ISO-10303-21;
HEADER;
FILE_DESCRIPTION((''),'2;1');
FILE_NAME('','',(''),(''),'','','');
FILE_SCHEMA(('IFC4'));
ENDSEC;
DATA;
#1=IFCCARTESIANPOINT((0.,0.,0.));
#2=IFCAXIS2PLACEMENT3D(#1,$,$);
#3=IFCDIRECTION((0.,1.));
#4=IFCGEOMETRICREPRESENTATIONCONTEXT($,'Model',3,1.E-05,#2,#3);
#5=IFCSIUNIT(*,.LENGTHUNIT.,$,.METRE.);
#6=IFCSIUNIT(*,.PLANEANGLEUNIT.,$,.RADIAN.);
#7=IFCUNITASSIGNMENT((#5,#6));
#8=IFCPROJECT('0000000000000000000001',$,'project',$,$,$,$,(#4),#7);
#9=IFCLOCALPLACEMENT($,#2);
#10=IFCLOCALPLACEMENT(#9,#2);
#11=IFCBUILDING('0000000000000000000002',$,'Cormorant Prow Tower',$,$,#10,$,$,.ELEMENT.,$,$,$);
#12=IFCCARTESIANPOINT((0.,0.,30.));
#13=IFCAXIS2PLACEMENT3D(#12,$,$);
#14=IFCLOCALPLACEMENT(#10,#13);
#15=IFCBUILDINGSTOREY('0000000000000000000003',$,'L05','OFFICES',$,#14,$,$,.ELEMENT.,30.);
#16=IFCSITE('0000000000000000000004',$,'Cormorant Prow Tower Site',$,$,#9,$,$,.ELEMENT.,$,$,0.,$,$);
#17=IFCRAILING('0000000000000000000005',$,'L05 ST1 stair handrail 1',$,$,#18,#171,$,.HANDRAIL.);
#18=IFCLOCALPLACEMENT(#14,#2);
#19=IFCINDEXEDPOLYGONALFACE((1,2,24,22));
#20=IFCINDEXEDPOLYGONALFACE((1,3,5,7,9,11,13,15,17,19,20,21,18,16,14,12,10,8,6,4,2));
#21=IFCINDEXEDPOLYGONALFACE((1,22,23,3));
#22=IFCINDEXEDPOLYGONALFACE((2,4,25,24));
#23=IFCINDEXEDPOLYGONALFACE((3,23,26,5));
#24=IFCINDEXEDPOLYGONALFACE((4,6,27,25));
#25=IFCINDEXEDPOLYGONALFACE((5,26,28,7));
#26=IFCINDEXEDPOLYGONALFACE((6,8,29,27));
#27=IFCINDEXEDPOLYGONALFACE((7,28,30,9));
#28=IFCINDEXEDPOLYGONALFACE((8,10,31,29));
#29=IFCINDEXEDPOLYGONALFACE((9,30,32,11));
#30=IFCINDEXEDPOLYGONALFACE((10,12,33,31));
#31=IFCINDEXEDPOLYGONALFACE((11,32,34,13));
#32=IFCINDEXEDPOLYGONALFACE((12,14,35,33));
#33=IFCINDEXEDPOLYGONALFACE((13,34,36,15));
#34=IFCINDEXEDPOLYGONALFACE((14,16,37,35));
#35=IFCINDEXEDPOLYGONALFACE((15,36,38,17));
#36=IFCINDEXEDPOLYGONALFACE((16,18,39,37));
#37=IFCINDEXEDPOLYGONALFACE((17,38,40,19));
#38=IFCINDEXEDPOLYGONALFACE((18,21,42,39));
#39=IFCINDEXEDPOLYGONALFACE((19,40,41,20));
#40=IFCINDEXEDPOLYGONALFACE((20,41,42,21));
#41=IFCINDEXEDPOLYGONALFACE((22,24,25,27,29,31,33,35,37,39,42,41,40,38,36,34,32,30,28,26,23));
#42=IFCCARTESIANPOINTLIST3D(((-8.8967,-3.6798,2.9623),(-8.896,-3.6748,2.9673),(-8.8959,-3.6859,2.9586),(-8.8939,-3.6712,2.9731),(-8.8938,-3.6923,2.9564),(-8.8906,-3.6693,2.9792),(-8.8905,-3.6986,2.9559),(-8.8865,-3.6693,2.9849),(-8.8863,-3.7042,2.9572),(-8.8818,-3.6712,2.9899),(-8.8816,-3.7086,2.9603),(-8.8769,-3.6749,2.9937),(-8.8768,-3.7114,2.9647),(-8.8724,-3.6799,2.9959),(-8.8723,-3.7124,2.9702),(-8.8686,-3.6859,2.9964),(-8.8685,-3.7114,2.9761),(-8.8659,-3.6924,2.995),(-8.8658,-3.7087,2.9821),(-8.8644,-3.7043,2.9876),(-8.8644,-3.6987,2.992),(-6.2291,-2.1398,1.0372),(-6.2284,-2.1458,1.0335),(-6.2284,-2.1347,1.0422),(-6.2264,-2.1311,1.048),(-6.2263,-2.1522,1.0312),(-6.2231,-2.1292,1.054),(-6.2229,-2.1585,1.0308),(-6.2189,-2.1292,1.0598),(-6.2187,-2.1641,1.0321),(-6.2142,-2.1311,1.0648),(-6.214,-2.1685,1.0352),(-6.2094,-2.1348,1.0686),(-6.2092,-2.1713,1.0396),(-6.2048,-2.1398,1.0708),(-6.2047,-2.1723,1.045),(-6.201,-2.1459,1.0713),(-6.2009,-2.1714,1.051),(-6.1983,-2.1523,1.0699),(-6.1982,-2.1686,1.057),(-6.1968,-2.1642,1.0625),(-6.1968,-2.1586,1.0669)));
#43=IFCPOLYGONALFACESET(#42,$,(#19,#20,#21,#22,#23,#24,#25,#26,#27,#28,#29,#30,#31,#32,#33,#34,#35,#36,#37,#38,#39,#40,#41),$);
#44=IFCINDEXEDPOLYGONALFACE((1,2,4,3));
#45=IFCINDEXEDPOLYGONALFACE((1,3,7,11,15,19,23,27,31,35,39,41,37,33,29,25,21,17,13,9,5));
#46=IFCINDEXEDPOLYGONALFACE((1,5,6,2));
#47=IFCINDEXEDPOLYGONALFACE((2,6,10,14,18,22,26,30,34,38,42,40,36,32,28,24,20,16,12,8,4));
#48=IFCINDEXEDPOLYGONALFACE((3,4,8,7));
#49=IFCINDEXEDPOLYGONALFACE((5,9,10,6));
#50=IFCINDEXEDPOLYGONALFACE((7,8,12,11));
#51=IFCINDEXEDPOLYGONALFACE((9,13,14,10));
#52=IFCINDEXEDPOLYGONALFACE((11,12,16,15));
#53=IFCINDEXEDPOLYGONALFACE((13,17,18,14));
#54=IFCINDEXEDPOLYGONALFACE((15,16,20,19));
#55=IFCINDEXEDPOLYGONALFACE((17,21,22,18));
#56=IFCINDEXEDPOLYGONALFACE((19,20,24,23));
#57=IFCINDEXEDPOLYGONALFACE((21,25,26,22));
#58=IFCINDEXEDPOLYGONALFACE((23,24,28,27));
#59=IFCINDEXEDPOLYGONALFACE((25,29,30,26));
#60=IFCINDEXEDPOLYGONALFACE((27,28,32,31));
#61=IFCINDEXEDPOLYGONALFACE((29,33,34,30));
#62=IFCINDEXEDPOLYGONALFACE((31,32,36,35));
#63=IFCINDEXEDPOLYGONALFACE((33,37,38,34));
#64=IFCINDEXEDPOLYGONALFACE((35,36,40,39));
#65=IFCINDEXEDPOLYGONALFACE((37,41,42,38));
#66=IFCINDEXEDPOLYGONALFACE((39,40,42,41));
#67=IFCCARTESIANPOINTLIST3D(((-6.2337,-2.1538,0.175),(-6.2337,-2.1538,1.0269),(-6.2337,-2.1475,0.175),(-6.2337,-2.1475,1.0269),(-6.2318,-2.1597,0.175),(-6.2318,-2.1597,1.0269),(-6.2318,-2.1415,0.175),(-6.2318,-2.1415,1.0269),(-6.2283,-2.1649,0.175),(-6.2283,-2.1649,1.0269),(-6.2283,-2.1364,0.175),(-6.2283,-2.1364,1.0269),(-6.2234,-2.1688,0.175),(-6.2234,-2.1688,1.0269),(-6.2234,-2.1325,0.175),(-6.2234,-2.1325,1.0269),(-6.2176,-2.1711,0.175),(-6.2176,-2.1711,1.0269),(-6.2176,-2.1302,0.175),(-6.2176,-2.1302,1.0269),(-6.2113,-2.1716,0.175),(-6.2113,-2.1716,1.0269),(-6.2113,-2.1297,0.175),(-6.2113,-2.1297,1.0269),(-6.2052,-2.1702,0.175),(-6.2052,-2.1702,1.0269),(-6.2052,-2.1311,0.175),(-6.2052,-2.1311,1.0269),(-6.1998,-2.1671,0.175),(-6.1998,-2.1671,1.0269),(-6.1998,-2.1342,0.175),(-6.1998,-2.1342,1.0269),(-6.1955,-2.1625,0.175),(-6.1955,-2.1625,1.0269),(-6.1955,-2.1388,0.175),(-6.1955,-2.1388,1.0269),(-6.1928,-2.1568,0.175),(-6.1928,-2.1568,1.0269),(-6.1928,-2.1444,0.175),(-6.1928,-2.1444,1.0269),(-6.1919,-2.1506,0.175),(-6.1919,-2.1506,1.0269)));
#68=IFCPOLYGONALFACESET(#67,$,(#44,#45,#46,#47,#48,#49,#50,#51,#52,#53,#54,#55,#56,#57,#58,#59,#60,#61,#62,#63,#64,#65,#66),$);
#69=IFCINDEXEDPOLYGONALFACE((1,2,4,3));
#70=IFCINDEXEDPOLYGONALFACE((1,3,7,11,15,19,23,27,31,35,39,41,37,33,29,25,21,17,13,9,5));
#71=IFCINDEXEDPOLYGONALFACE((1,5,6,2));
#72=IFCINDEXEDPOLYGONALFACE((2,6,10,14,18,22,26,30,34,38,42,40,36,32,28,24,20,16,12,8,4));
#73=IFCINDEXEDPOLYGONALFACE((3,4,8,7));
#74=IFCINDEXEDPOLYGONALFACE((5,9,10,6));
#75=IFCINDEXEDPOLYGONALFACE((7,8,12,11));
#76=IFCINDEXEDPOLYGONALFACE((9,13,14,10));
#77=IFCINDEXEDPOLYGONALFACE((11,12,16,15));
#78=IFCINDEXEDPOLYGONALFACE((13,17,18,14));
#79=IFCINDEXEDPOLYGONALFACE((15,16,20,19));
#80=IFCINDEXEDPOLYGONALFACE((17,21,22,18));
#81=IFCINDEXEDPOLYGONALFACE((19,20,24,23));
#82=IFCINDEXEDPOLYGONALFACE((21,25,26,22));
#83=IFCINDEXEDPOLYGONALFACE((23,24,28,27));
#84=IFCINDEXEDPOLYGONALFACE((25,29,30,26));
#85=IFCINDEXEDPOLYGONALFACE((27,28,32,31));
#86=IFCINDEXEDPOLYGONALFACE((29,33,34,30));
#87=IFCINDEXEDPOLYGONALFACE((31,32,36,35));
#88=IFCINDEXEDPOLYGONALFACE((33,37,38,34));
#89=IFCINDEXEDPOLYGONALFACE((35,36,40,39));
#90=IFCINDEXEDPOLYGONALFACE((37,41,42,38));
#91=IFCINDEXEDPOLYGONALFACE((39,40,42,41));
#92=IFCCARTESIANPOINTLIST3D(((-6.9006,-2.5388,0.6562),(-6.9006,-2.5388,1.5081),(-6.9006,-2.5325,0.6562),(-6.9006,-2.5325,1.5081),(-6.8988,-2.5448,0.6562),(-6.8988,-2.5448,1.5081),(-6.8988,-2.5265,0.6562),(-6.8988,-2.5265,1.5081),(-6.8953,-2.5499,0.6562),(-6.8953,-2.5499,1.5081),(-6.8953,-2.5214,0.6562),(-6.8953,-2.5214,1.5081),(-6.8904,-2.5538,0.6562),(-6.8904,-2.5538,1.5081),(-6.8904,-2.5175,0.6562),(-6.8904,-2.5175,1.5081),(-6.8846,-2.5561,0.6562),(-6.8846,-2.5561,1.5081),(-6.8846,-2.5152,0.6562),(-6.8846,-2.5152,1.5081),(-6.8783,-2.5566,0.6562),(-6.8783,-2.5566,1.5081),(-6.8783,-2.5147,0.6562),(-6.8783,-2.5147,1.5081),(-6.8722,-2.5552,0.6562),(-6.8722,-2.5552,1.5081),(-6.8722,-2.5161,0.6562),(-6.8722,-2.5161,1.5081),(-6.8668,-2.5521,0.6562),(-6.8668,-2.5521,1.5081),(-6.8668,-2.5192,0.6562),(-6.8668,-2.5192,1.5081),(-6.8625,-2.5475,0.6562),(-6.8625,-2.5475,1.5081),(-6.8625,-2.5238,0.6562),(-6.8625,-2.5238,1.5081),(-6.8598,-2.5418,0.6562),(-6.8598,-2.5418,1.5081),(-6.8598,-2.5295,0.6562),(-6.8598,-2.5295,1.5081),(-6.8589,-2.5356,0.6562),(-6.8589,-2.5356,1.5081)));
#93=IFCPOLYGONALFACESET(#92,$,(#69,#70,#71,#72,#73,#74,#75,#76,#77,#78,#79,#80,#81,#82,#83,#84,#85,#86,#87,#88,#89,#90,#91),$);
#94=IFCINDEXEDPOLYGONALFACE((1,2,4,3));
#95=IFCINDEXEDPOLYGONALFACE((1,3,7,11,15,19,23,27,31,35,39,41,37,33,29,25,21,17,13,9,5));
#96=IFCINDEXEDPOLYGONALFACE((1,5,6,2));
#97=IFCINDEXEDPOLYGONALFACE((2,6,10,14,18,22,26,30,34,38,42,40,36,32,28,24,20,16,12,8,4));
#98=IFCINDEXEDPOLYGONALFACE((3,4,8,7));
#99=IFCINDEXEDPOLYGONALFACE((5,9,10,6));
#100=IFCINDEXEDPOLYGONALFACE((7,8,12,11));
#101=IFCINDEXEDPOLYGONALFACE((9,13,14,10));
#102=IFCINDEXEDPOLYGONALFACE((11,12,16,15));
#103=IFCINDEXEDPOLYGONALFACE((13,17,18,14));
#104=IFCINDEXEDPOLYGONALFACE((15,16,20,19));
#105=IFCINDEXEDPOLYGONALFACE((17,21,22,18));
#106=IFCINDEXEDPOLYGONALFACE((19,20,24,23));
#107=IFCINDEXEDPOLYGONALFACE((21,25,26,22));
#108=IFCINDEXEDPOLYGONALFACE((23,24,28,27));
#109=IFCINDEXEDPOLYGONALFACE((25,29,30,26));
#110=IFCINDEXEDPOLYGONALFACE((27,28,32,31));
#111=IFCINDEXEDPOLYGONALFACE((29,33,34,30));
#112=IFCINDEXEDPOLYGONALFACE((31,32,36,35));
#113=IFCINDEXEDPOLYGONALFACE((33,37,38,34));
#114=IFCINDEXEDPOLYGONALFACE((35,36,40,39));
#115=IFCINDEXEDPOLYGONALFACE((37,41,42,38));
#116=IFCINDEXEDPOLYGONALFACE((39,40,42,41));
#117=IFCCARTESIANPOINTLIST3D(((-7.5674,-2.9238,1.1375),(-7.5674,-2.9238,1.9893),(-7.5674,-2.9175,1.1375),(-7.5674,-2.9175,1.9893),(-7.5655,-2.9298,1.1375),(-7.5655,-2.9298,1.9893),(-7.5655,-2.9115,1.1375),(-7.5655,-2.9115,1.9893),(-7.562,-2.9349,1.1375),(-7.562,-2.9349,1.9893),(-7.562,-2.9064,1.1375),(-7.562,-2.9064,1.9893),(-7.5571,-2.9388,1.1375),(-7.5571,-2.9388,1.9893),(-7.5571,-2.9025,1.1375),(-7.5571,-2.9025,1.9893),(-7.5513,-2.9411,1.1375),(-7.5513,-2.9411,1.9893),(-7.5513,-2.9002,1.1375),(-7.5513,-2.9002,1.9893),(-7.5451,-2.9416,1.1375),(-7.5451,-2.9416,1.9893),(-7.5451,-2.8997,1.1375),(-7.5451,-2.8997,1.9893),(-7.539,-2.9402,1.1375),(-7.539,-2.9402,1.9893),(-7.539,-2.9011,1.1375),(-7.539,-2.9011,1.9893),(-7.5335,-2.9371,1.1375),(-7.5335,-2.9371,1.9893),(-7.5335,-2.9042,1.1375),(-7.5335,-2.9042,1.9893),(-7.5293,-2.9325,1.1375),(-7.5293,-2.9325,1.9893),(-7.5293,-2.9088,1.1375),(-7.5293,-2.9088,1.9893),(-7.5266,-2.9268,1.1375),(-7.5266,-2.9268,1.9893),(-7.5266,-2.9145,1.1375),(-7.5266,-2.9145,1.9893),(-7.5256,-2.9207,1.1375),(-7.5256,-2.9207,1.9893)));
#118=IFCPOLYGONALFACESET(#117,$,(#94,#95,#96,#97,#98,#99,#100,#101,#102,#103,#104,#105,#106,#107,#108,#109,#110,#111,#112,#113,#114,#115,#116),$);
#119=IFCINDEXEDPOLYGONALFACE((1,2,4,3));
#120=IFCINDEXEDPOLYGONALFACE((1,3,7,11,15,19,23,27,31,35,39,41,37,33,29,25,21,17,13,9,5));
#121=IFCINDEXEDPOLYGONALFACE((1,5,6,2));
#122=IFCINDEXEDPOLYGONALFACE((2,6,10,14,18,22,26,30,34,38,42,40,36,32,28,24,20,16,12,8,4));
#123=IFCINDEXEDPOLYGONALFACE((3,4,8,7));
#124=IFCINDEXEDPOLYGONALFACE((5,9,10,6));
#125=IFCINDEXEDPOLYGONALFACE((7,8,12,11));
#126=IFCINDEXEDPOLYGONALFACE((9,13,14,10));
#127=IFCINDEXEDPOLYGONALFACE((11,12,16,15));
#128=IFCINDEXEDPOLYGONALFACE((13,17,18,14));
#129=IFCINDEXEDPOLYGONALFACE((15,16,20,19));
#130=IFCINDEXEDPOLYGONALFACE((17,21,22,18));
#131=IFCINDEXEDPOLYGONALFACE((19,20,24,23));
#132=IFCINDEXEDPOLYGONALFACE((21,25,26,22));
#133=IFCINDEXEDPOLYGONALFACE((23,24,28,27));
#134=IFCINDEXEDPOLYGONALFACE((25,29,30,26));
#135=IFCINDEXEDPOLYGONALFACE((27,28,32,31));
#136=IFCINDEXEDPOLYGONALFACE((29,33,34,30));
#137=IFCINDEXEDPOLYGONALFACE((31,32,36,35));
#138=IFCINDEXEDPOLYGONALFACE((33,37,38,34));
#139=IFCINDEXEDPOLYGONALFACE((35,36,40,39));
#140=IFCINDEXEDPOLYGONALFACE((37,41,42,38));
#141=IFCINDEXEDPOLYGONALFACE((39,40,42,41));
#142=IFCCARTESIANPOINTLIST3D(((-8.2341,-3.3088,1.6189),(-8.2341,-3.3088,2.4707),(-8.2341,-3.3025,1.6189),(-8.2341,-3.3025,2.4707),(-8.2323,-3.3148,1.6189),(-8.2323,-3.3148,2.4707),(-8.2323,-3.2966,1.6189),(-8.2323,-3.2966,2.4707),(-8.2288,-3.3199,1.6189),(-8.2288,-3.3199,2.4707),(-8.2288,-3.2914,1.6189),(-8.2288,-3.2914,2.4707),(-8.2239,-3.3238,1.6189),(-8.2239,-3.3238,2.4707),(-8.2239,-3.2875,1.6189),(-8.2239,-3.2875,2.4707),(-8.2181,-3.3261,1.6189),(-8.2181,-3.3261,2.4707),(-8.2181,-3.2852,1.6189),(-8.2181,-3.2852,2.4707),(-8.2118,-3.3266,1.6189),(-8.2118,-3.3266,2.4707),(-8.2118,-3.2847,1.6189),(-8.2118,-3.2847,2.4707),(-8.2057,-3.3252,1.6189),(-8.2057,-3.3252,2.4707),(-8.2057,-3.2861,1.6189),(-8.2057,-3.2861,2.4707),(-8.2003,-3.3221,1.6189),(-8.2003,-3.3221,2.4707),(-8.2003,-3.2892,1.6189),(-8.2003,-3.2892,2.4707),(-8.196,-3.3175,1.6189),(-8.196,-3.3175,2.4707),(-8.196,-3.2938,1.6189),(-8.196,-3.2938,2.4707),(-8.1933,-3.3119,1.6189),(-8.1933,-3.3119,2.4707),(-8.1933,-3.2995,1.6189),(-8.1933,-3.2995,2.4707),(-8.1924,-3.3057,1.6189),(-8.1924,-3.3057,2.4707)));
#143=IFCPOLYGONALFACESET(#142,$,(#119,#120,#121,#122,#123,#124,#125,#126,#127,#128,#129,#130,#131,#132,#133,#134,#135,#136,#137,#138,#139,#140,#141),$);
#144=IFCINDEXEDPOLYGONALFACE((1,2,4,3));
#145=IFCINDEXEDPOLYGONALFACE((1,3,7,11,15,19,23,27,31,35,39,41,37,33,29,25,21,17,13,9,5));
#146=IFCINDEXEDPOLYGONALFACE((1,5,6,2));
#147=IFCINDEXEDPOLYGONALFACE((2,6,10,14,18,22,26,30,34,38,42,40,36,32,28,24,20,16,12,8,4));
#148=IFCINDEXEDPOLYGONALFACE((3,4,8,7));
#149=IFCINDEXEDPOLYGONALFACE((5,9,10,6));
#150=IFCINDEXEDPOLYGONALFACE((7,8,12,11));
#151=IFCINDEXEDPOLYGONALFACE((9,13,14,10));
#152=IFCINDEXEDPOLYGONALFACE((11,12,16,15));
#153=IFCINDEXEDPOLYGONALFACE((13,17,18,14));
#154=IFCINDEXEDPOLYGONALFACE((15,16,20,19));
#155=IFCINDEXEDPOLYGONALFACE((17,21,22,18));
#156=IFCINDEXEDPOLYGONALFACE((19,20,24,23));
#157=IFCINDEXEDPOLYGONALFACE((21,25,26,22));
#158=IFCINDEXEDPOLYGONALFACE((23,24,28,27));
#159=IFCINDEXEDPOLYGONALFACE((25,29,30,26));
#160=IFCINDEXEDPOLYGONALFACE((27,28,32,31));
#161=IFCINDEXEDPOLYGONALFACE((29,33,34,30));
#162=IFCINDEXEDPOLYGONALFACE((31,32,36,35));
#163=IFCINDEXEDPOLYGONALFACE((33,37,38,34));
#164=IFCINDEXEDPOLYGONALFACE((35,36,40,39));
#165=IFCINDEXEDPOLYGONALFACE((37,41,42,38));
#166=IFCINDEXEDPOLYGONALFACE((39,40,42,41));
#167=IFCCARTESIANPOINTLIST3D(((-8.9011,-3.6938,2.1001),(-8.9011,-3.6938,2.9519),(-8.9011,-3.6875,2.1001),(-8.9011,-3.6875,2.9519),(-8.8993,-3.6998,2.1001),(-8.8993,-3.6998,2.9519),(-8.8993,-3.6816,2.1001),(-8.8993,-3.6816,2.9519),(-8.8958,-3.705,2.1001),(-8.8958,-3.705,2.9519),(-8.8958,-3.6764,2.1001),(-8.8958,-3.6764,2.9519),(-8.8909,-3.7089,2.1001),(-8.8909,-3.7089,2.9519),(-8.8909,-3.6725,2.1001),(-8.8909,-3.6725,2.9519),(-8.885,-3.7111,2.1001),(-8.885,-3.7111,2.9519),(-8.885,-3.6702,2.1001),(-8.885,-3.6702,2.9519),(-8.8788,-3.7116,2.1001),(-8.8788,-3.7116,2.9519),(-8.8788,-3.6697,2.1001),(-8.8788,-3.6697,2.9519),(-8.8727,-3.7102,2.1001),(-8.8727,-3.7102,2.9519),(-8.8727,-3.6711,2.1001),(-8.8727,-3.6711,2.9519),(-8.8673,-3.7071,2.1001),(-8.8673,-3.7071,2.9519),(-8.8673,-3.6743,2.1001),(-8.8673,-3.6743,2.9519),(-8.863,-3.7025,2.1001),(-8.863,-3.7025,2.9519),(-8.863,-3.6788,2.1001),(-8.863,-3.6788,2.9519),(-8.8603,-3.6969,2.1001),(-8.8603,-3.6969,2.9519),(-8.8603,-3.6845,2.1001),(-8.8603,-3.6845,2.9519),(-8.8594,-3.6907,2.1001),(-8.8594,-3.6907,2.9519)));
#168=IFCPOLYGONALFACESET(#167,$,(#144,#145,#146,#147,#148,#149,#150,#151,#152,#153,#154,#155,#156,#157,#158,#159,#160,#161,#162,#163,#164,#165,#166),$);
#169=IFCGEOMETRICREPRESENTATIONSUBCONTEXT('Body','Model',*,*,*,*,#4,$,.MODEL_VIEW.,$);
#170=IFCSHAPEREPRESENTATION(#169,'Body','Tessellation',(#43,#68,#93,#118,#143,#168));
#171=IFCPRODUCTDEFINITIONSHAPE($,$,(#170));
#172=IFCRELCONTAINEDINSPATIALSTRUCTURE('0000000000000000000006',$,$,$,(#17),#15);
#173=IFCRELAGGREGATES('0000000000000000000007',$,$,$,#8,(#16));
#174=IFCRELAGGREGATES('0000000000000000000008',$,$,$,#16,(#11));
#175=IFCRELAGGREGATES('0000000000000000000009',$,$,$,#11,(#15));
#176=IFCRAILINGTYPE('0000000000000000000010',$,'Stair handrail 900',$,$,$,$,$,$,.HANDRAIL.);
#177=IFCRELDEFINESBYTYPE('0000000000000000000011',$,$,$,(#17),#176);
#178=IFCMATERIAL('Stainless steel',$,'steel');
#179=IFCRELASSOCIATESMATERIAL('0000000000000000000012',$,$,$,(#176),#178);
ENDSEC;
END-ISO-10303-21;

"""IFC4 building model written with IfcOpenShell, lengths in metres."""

from ifc_helpers import new_model, si_unit, direction, frame, origin, origin_2d, place, context, subcontext, project, spatial, circle, extrude, material, type_object, element, save


model = new_model("IFC4")

# Units and contexts
model_context = context("Model", 3, precision=1e-05, world=origin(), true_north=direction((0.0, 1.0)))
body_context = subcontext(model_context, "Body", "Model", "MODEL_VIEW")
ifc_project = project(units=[si_unit("LENGTHUNIT", "METRE"), si_unit("PLANEANGLEUNIT", "RADIAN")], contexts=[model_context])

# Site, building, storey
site_placement = place(None, origin())
site = spatial("IfcSite", under=ifc_project, at=site_placement, Name="Cormorant Prow Tower Site", CompositionType="ELEMENT", RefElevation=0.0)
building_placement = place(site_placement, origin())
building = spatial("IfcBuilding", under=site, at=building_placement, Name="Cormorant Prow Tower", CompositionType="ELEMENT")
storey_placement = place(building_placement, frame((0.0, 0.0, 30.0)))
storey = spatial("IfcBuildingStorey", under=building, at=storey_placement, Name="L05", Description="OFFICES", CompositionType="ELEMENT", Elevation=30.0)

# Railing
ifc_material_1 = material(Name="Stainless steel", Category="steel")
railing_type_1 = type_object("IfcRailingType", Name="Stair handrail 900", PredefinedType="HANDRAIL", material=ifc_material_1)
railing_1_placement = place(storey_placement, frame((-6.2129, -2.1506, 0.175)))
element("IfcRailing", 1, at=railing_1_placement, inside=storey, type_object=railing_type_1, Name="L05 ST1 stair handrail 1", PredefinedType="HANDRAIL", context=body_context, shape_type="SweptSolid", body=[
    extrude(circle(Radius=0.0239, at=origin_2d()), frame((0.0, 0.0, 0.876), z_axis=(-0.734395, -0.423994, 0.529993), x_axis=(0.499992, -0.86603, 0.0)), (0.0, 0.0, 1.0), 3.6323),
    extrude(circle(Radius=0.021, at=origin_2d()), origin(), (0.0, 0.0, 1.0), 0.8518),
    extrude(circle(Radius=0.021, at=origin_2d()), frame((-0.667, -0.385, 0.4812)), (0.0, 0.0, 1.0), 0.8518),
    extrude(circle(Radius=0.021, at=origin_2d()), frame((-1.3337, -0.77, 0.9624)), (0.0, 0.0, 1.0), 0.8518),
    extrude(circle(Radius=0.021, at=origin_2d()), frame((-2.0005, -1.155, 1.4438)), (0.0, 0.0, 1.0), 0.8518),
    extrude(circle(Radius=0.021, at=origin_2d()), frame((-2.6675, -1.54, 1.925)), (0.0, 0.0, 1.0), 0.8518),
])

save(model, "model.ifc")
